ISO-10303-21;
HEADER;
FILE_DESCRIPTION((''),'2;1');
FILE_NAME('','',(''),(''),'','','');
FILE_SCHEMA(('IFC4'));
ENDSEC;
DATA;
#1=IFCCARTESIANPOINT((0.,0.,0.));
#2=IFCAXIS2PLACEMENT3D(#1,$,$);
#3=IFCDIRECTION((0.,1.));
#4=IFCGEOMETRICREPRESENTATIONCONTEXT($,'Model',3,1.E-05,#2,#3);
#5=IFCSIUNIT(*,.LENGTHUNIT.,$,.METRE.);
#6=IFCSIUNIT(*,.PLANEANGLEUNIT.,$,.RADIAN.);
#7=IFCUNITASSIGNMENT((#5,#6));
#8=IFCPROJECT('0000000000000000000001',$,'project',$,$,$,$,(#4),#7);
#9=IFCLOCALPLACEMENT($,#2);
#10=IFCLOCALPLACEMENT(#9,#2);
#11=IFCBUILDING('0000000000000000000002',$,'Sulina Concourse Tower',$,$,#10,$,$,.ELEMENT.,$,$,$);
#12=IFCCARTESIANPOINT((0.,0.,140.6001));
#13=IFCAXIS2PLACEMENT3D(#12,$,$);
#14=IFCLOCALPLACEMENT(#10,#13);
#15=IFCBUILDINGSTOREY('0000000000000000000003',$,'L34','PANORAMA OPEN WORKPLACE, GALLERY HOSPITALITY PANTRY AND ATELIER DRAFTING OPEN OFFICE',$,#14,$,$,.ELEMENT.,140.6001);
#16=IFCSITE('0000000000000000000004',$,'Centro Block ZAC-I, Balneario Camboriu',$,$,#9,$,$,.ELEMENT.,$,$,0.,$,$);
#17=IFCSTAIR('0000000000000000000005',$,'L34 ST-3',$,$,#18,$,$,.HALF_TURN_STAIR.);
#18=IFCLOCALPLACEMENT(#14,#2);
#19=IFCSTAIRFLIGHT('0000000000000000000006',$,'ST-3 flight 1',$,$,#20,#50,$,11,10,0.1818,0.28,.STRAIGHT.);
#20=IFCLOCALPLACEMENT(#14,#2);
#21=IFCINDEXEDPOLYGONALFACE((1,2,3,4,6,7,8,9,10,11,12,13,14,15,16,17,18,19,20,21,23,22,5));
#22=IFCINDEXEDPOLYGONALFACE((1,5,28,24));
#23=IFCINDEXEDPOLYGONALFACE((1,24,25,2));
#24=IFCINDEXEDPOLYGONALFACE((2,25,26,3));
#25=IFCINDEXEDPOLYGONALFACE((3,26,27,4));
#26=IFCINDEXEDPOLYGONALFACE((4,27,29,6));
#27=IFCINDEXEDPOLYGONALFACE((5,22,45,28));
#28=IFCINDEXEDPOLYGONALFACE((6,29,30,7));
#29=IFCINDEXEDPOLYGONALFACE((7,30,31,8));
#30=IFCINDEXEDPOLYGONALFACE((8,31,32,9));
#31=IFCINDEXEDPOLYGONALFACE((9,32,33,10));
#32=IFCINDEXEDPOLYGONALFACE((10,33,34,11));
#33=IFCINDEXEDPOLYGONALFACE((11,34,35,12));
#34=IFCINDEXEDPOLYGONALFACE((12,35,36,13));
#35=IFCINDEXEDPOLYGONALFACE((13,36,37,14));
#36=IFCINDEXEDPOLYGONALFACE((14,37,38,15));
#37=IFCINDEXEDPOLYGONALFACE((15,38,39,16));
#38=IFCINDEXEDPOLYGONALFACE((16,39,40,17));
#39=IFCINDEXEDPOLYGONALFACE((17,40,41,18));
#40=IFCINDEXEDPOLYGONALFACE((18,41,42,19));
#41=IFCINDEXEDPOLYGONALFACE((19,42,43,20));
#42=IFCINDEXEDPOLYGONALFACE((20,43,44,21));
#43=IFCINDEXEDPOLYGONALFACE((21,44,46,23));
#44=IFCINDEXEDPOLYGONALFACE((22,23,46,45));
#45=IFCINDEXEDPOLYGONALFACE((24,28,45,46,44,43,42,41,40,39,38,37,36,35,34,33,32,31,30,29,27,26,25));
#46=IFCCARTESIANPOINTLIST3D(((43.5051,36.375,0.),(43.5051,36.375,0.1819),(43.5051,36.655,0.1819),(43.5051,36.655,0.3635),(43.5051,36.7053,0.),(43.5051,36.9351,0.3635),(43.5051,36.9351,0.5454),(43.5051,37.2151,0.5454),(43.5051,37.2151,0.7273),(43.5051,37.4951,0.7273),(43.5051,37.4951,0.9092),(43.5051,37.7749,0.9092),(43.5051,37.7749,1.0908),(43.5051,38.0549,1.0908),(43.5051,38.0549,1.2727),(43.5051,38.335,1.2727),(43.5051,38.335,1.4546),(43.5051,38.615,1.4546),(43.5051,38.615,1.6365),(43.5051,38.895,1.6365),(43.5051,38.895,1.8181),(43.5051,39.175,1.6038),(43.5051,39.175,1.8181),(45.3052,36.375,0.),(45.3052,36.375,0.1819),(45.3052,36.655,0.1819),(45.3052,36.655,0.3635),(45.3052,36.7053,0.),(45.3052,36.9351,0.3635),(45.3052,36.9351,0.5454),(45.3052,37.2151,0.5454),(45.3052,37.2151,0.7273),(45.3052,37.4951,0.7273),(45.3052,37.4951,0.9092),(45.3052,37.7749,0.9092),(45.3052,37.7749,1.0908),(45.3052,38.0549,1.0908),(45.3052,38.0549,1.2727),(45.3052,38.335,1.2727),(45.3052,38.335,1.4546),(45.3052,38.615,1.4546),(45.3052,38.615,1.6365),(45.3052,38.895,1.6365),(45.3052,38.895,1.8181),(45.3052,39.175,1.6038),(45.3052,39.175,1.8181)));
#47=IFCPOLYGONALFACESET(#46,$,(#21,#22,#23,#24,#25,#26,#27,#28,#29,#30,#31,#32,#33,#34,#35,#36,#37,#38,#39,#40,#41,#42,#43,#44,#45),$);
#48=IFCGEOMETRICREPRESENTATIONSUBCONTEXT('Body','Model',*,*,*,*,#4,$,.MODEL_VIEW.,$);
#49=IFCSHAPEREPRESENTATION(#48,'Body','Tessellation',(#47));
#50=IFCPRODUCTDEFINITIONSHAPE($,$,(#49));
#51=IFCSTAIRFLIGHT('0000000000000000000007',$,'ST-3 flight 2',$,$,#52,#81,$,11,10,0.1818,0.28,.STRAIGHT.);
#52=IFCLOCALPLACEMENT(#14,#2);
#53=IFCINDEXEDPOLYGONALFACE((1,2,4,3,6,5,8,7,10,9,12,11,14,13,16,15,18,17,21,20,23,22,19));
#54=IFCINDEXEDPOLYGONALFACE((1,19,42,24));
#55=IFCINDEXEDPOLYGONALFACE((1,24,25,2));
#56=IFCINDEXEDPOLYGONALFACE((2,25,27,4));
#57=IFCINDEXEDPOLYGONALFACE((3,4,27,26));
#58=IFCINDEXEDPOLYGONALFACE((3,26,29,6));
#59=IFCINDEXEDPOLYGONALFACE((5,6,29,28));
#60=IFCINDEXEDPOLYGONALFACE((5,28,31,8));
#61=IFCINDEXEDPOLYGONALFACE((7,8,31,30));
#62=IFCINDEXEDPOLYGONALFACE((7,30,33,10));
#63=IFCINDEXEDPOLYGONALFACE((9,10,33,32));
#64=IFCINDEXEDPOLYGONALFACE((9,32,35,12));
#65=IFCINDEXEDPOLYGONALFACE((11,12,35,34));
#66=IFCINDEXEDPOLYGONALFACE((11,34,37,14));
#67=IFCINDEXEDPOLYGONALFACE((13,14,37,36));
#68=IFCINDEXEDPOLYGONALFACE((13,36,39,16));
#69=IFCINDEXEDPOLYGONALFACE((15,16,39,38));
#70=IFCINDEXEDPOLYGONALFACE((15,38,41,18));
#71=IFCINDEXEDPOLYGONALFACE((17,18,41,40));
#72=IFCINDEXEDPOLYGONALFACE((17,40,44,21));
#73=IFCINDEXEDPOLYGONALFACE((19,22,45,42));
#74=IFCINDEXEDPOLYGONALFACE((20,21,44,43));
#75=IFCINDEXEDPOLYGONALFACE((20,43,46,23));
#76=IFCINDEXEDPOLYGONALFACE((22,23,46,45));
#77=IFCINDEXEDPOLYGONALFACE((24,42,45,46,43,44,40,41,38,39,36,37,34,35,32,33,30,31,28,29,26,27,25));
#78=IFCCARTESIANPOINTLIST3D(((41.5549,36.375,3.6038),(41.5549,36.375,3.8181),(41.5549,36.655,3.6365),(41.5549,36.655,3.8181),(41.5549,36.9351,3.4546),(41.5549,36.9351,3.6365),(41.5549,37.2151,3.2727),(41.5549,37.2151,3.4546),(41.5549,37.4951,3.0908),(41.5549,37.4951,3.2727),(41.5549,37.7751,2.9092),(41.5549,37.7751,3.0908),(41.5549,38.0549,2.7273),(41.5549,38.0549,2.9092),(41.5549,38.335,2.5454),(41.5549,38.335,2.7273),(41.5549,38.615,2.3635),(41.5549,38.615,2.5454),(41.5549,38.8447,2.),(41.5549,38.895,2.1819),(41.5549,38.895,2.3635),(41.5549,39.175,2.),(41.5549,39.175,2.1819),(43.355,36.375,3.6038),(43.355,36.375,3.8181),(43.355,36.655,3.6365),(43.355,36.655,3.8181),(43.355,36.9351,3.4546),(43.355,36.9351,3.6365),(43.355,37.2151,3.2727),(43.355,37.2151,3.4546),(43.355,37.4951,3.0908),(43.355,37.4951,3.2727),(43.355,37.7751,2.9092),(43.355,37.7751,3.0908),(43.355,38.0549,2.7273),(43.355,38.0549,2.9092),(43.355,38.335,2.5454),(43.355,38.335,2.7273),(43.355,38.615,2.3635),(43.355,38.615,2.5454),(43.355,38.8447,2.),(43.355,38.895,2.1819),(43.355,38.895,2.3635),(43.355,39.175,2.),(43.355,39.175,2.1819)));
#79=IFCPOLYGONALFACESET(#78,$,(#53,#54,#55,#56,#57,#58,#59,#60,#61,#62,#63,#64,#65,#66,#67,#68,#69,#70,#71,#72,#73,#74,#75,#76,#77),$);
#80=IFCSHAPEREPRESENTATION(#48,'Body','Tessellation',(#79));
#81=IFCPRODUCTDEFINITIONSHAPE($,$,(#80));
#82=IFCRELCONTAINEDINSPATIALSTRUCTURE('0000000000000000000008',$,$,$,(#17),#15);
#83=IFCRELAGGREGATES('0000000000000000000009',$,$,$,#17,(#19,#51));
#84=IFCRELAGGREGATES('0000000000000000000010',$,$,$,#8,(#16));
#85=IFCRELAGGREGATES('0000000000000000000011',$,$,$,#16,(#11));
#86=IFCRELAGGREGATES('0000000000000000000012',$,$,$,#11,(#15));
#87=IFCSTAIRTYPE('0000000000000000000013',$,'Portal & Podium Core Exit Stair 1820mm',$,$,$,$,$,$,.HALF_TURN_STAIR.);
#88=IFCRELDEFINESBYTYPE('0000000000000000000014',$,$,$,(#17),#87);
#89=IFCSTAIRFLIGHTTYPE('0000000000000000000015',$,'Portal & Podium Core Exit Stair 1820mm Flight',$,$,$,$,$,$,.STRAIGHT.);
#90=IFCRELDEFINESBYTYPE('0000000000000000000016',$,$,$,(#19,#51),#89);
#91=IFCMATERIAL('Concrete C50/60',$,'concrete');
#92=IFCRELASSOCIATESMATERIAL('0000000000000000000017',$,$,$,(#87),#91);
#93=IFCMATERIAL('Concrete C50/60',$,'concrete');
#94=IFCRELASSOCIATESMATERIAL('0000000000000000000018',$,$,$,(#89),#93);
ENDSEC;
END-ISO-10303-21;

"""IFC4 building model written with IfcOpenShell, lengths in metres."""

from ifc_helpers import new_model, si_unit, direction, frame, origin, place, context, subcontext, project, spatial, polyline, outline, extrude, material, type_object, element, aggregate, save


model = new_model("IFC4")

# Units and contexts
model_context = context("Model", 3, precision=1e-05, world=origin(), true_north=direction((0.0, 1.0)))
body_context = subcontext(model_context, "Body", "Model", "MODEL_VIEW")
ifc_project = project(units=[si_unit("LENGTHUNIT", "METRE"), si_unit("PLANEANGLEUNIT", "RADIAN")], contexts=[model_context])

# Site, building, storey
site_placement = place(None, origin())
site = spatial("IfcSite", under=ifc_project, at=site_placement, Name="Centro Block ZAC-I, Balneario Camboriu", CompositionType="ELEMENT", RefElevation=0.0)
building_placement = place(site_placement, origin())
building = spatial("IfcBuilding", under=site, at=building_placement, Name="Sulina Concourse Tower", CompositionType="ELEMENT")
storey_placement = place(building_placement, frame((0.0, 0.0, 140.6001)))
storey = spatial("IfcBuildingStorey", under=building, at=storey_placement, Name="L34", Description="PANORAMA OPEN WORKPLACE, GALLERY HOSPITALITY PANTRY AND ATELIER DRAFTING OPEN OFFICE", CompositionType="ELEMENT", Elevation=140.6001)

# Stair, stair flights
ifc_material_1 = material(Name="Concrete C50/60", Category="concrete")
stair_type = type_object("IfcStairType", Name="Portal & Podium Core Exit Stair 1820mm", PredefinedType="HALF_TURN_STAIR", material=ifc_material_1)
stair_placement = place(storey_placement, origin())
stair = element("IfcStair", 1, at=stair_placement, inside=storey, type_object=stair_type, Name="L34 ST-3", PredefinedType="HALF_TURN_STAIR")
ifc_material_2 = material(Name="Concrete C50/60", Category="concrete")
stair_flight_type = type_object("IfcStairFlightType", Name="Portal & Podium Core Exit Stair 1820mm Flight", PredefinedType="STRAIGHT", material=ifc_material_2)
stair_flight_1_placement = place(storey_placement, frame((44.405, 36.375, 0.0), z_axis=(0.0, 0.0, 1.0), x_axis=(0.0, 1.0, 0.0)))
stair_flight_1 = element("IfcStairFlight", 2, at=stair_flight_1_placement, type_object=stair_flight_type, Name="ST-3 flight 1", NumberOfRisers=11, NumberOfTreads=10, PredefinedType="STRAIGHT", RiserHeight=0.1818, TreadLength=0.28, context=body_context, shape_type="SweptSolid", body=[
    extrude(outline(polyline([(0.0, 0.0), (0.0, 0.1819), (0.28, 0.1819), (0.28, 0.3635), (0.5601, 0.3635), (0.5601, 0.5454), (0.8401, 0.5454), (0.8401, 0.7273), (1.1201, 0.7273), (1.1201, 0.9092), (1.3999, 0.9092), (1.3999, 1.0908), (1.6799, 1.0908), (1.6799, 1.2727), (1.96, 1.2727), (1.96, 1.4546), (2.24, 1.4546), (2.24, 1.6365), (2.52, 1.6365), (2.52, 1.8181), (2.8, 1.8181), (2.8, 2.0), (2.8, 1.6038), (0.3303, 0.0), (0.0, 0.0)])), frame((0.0, 0.8999, 0.0), z_axis=(0.0, -1.0, 0.0), x_axis=(1.0, 0.0, 0.0)), (0.0, 0.0, 1.0), 1.8),
])
stair_flight_2_placement = place(storey_placement, frame((42.4551, 39.175, 2.0), z_axis=(0.0, 0.0, 1.0), x_axis=(0.0, -1.0, 0.0)))
stair_flight_2 = element("IfcStairFlight", 3, at=stair_flight_2_placement, type_object=stair_flight_type, Name="ST-3 flight 2", NumberOfRisers=11, NumberOfTreads=10, PredefinedType="STRAIGHT", RiserHeight=0.1818, TreadLength=0.28, context=body_context, shape_type="SweptSolid", body=[
    extrude(outline(polyline([(0.0, 0.0), (0.0, 0.1819), (0.28, 0.1819), (0.28, 0.3635), (0.5601, 0.3635), (0.5601, 0.5454), (0.8401, 0.5454), (0.8401, 0.7273), (1.1201, 0.7273), (1.1201, 0.9092), (1.3999, 0.9092), (1.3999, 1.0908), (1.6799, 1.0908), (1.6799, 1.2727), (1.96, 1.2727), (1.96, 1.4546), (2.24, 1.4546), (2.24, 1.6365), (2.52, 1.6365), (2.52, 1.8181), (2.8, 1.8181), (2.8, 2.0), (2.8, 1.6038), (0.3303, 0.0), (0.0, 0.0)])), frame((0.0, 0.8999, 0.0), z_axis=(0.0, -1.0, 0.0), x_axis=(1.0, 0.0, 0.0)), (0.0, 0.0, 1.0), 1.8),
])
aggregate(stair, [stair_flight_1, stair_flight_2])

save(model, "model.ifc")
